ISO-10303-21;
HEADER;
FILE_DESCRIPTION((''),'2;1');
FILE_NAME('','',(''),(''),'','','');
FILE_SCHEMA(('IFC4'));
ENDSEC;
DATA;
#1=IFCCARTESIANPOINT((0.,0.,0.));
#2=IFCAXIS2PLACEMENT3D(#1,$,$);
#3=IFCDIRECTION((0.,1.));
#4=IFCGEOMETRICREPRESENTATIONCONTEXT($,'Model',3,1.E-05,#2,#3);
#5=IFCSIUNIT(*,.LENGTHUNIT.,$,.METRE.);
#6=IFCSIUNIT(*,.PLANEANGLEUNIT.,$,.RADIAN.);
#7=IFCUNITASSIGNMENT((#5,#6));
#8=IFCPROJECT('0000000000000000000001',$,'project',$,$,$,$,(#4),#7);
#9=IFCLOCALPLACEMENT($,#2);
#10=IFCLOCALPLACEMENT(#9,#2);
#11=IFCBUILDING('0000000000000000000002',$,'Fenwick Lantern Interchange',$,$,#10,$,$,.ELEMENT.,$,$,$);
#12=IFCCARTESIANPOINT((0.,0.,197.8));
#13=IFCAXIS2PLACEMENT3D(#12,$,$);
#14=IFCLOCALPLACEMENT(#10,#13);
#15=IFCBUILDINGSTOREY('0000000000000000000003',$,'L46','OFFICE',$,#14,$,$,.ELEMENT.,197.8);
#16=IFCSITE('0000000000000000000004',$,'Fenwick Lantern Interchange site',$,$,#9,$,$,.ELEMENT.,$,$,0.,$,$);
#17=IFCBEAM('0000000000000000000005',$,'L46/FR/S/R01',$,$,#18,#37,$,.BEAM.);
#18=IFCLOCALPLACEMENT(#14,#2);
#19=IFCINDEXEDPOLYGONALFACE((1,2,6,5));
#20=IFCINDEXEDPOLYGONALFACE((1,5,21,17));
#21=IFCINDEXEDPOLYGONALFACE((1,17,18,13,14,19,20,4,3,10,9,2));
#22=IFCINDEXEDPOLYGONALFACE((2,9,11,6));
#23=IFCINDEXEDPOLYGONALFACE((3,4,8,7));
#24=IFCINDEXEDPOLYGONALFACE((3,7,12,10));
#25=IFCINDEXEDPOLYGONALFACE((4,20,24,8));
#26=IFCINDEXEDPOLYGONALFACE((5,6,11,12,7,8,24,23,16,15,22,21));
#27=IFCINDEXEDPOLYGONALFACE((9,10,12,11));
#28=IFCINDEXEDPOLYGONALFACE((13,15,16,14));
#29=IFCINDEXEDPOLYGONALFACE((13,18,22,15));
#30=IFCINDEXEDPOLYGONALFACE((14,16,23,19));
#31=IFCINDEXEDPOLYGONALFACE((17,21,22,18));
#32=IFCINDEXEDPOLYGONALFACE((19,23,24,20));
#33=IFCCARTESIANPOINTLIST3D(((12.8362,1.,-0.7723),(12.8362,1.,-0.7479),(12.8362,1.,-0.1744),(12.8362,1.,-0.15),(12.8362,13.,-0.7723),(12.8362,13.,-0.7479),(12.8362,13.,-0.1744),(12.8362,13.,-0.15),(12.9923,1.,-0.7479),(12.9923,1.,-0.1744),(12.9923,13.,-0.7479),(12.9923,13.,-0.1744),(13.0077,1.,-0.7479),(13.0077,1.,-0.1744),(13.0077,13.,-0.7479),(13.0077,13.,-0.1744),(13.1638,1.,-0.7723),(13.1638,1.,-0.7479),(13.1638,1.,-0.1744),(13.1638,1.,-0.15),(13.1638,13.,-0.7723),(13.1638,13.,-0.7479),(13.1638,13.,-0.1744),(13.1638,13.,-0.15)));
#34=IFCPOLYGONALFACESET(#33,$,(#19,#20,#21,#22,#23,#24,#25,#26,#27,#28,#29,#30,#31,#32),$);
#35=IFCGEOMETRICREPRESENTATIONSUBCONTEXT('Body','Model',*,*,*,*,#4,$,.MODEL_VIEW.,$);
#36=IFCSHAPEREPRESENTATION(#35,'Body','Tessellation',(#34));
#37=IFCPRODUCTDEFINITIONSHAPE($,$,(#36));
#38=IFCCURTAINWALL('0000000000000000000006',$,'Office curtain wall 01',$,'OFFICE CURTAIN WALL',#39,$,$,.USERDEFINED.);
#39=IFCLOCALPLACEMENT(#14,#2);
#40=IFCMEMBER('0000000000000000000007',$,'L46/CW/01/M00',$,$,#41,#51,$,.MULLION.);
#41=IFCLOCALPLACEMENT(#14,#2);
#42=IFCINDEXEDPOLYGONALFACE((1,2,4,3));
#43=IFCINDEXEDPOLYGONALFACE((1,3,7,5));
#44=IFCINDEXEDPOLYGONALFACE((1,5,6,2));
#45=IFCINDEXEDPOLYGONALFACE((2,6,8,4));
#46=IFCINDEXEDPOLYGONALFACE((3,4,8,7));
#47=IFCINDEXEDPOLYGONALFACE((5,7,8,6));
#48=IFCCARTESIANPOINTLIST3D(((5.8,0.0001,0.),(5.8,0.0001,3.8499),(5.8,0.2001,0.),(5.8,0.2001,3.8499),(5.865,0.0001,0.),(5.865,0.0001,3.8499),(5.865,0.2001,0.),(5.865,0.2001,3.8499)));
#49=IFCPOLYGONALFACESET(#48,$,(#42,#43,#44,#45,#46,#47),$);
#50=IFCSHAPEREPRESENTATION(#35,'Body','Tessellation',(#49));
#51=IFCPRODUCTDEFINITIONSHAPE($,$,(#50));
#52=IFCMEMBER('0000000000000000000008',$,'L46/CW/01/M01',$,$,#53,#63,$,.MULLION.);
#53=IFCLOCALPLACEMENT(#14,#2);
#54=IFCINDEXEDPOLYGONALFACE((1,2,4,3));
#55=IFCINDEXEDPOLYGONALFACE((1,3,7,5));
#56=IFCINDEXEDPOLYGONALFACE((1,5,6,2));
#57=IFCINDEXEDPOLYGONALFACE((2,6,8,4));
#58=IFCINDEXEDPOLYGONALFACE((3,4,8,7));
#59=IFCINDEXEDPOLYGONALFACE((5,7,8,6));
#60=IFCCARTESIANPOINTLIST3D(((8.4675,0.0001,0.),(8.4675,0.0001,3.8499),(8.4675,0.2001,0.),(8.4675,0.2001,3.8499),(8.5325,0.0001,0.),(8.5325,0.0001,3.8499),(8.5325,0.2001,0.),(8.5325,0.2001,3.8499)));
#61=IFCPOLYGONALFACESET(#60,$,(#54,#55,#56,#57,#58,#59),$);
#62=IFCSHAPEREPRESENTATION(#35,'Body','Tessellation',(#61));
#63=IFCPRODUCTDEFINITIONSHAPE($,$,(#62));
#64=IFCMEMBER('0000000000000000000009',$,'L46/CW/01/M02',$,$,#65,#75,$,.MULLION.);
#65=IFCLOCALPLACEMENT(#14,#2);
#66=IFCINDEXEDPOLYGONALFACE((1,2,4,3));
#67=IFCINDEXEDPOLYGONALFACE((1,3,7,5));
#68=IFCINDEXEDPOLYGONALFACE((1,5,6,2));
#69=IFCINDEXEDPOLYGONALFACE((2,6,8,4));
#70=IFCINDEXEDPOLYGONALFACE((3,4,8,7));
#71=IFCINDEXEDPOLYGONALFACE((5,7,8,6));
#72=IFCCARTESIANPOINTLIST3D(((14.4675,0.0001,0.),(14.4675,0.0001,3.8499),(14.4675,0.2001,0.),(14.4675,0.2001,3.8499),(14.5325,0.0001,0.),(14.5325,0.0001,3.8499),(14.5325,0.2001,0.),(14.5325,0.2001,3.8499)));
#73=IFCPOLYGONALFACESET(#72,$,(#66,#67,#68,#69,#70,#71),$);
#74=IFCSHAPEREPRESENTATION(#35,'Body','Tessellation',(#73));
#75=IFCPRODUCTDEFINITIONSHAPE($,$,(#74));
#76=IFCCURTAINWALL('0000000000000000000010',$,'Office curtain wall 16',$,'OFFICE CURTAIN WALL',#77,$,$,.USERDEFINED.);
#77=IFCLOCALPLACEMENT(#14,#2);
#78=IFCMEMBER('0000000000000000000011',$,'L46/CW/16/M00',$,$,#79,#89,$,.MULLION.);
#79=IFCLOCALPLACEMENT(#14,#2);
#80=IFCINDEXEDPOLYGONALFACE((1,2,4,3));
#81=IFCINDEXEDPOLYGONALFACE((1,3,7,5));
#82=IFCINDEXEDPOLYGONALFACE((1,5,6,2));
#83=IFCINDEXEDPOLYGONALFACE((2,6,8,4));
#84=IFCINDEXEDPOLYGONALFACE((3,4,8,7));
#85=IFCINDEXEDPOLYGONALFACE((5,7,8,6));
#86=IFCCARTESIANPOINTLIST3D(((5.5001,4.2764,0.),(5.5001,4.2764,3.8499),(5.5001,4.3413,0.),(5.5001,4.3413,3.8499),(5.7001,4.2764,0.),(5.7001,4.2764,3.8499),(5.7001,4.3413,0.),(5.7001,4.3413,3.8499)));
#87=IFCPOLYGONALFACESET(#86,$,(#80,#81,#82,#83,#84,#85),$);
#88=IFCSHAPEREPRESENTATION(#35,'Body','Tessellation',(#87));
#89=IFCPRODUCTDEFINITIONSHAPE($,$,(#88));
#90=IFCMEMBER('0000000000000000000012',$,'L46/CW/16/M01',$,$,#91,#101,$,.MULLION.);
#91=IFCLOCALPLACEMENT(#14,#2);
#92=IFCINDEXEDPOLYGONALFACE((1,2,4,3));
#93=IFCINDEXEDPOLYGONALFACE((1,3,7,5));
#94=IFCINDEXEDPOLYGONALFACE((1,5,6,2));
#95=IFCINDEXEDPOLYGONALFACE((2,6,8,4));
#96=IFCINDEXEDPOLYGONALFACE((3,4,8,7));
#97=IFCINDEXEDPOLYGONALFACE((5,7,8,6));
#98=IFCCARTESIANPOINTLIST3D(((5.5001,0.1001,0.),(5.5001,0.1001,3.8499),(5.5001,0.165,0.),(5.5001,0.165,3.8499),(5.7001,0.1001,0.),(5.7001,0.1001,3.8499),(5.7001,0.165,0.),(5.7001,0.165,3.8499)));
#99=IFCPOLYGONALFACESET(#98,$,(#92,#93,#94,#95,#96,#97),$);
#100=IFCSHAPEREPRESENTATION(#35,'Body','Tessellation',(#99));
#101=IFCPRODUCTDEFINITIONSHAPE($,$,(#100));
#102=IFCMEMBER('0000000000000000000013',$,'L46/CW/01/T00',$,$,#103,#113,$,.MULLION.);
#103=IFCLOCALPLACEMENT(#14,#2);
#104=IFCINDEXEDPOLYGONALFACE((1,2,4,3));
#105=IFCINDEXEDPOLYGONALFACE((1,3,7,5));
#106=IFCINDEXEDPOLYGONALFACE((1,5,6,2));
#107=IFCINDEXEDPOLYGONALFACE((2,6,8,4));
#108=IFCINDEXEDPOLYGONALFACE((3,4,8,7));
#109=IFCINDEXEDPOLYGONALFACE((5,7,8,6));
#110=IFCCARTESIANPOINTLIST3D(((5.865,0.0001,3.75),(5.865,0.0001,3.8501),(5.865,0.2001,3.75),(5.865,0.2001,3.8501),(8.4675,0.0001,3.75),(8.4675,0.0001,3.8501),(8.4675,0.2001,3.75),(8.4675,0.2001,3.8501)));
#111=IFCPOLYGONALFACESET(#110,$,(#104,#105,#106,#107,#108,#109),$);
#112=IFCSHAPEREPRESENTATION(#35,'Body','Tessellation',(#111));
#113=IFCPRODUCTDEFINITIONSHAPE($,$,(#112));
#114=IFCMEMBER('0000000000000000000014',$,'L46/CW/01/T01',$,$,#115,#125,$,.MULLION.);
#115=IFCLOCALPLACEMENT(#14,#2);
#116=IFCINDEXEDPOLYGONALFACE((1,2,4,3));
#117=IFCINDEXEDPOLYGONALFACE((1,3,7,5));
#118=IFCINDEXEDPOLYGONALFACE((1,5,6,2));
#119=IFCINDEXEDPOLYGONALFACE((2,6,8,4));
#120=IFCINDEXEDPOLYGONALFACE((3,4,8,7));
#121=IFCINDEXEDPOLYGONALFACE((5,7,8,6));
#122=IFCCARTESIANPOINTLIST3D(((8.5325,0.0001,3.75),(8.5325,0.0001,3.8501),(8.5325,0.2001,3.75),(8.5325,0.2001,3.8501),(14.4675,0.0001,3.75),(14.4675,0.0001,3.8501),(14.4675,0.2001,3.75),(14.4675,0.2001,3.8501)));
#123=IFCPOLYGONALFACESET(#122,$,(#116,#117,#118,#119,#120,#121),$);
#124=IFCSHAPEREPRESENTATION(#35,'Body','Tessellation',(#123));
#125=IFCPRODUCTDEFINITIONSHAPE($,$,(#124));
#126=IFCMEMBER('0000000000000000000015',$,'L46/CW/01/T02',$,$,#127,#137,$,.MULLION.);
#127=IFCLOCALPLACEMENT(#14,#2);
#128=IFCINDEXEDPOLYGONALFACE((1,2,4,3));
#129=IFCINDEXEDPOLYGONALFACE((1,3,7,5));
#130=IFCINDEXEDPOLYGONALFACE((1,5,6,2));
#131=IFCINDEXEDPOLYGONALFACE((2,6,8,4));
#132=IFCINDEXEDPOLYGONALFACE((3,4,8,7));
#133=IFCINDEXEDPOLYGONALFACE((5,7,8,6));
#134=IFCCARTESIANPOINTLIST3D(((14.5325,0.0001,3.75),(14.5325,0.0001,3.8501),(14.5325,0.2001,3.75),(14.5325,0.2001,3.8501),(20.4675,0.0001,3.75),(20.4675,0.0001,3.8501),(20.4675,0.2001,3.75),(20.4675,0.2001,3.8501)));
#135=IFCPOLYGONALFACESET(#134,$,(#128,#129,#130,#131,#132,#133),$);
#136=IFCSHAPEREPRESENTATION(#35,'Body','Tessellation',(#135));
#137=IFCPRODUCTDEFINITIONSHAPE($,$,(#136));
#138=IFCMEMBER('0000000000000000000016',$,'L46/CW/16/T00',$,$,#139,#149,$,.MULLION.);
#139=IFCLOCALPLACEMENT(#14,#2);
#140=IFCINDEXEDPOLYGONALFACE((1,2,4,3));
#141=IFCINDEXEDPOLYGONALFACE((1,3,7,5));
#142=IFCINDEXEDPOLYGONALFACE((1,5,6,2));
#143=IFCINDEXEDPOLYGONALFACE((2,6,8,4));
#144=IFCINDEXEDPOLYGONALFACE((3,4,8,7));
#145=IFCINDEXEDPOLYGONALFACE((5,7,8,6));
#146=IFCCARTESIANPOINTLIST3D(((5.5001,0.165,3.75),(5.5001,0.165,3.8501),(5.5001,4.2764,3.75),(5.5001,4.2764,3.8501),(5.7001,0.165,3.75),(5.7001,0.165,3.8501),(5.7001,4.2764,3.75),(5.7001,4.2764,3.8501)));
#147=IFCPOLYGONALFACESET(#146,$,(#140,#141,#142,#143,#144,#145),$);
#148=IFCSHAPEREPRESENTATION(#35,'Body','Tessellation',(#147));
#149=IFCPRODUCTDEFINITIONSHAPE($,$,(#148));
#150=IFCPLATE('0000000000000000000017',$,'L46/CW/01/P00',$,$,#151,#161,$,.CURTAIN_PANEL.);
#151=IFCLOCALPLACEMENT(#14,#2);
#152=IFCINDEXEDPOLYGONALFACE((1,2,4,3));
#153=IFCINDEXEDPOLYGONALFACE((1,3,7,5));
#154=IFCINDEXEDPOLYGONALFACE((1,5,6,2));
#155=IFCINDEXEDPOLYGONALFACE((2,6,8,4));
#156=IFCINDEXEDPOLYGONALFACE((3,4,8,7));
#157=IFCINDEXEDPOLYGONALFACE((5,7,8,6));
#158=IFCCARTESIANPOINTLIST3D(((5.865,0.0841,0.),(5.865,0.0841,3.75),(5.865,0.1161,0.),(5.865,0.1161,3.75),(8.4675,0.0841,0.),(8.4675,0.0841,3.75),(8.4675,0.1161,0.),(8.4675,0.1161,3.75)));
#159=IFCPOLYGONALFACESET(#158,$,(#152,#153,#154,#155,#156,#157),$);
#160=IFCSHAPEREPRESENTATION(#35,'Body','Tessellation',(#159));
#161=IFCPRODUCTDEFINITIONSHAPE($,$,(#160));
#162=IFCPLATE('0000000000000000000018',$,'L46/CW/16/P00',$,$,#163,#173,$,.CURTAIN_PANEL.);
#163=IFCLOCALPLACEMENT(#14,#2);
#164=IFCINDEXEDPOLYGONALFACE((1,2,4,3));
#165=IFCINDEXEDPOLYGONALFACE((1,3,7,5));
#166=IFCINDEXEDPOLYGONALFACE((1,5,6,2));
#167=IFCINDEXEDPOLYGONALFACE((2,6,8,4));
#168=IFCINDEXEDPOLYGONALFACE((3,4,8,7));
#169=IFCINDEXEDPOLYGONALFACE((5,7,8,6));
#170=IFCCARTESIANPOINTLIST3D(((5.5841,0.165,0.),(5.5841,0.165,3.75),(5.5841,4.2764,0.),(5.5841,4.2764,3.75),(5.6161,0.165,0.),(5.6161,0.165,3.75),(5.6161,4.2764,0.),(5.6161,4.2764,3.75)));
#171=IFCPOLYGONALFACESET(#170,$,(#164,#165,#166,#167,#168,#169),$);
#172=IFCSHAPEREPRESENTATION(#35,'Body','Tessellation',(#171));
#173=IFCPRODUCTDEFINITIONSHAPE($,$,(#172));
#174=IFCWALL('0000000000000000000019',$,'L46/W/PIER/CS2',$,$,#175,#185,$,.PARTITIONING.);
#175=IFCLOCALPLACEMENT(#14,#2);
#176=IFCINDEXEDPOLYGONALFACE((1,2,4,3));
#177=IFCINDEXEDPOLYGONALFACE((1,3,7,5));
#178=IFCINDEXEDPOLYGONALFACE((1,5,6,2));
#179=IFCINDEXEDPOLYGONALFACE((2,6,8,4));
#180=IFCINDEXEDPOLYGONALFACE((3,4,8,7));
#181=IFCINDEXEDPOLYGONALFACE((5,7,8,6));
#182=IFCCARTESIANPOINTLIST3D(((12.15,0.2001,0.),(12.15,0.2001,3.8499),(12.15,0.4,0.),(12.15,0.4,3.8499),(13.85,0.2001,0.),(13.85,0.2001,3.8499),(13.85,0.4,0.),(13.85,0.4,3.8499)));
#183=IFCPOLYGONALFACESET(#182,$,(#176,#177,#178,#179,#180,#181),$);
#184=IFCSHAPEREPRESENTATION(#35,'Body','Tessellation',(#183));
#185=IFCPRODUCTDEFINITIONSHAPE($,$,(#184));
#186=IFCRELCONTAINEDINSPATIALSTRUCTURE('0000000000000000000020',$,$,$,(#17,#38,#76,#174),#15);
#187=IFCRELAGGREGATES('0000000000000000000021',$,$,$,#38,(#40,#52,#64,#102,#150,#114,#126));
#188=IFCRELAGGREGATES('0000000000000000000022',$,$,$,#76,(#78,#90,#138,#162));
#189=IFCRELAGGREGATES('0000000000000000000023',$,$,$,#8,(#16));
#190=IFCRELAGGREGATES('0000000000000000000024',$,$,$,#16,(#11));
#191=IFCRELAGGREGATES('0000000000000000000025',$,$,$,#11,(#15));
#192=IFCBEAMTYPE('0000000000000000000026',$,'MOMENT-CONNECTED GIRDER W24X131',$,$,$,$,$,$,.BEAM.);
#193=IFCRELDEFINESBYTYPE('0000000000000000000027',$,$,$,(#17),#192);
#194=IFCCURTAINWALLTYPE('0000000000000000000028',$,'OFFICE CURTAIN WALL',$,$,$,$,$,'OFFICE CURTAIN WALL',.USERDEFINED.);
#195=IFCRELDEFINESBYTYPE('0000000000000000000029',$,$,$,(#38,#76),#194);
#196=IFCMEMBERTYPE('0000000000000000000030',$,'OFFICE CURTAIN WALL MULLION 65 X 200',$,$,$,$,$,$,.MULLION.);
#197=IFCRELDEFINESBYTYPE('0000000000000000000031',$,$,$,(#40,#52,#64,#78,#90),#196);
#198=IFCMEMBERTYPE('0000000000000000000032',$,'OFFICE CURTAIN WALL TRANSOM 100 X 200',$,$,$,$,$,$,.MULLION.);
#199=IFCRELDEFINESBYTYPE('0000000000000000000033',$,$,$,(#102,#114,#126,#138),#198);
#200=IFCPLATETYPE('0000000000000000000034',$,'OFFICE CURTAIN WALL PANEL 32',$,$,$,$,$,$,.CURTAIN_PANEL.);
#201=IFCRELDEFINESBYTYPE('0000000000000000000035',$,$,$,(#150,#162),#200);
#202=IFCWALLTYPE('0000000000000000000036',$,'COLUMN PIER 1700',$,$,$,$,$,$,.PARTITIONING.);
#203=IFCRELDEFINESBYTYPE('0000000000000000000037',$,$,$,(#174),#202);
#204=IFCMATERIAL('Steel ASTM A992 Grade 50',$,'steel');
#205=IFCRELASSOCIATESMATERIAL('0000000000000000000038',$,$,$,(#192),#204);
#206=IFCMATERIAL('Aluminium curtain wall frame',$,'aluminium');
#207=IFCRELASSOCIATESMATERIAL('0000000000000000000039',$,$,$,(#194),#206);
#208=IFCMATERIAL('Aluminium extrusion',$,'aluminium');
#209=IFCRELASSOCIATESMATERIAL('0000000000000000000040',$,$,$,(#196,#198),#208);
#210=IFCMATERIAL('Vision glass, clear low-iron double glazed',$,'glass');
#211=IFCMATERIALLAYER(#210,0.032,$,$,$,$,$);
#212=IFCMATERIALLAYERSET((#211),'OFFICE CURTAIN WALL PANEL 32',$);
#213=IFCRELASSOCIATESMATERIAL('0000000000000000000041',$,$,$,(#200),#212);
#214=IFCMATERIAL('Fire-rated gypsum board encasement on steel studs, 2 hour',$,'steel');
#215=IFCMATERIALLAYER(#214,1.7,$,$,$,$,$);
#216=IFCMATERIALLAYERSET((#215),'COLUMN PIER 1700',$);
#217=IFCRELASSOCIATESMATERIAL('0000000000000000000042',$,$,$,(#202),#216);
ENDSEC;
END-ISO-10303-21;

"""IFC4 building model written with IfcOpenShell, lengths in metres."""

from ifc_helpers import new_model, si_unit, direction, frame, frame_2d, origin, origin_2d, place, context, subcontext, project, spatial, rectangle, i_section, extrude, material, layer, layer_set, material_profile, profile_set, type_object, element, aggregate, save


model = new_model("IFC4")

# Units and contexts
model_context = context("Model", 3, precision=1e-05, world=origin(), true_north=direction((0.0, 1.0)))
body_context = subcontext(model_context, "Body", "Model", "MODEL_VIEW")
ifc_project = project(units=[si_unit("LENGTHUNIT", "METRE"), si_unit("PLANEANGLEUNIT", "RADIAN")], contexts=[model_context])

# Site, building, storey
site_placement = place(None, origin())
site = spatial("IfcSite", under=ifc_project, at=site_placement, Name="Fenwick Lantern Interchange site", CompositionType="ELEMENT", RefElevation=0.0)
building_placement = place(site_placement, origin())
building = spatial("IfcBuilding", under=site, at=building_placement, Name="Fenwick Lantern Interchange", CompositionType="ELEMENT")
storey_placement = place(building_placement, frame((0.0, 0.0, 197.8)))
storey = spatial("IfcBuildingStorey", under=building, at=storey_placement, Name="L46", Description="OFFICE", CompositionType="ELEMENT", Elevation=197.8)

# Shared definitions
ifc_material_1 = material(Name="Steel ASTM A992 Grade 50", Category="steel")

# Beam
ifc_material_profile_1 = material_profile(ifc_material_1, i_section(OverallWidth=0.3276, OverallDepth=0.6223, WebThickness=0.0154, FlangeThickness=0.0244, at=origin_2d()), Name="W24X131")
ifc_profile_set_1 = profile_set([ifc_material_profile_1], Name="Steel ASTM A992 Grade 50")
beam_type_1 = type_object("IfcBeamType", Name="MOMENT-CONNECTED GIRDER W24X131", PredefinedType="BEAM", material=ifc_profile_set_1)
beam_1_placement = place(storey_placement, frame((13.0, 1.0, -0.4612), z_axis=(0.0, 1.0, 0.0), x_axis=(-1.0, 0.0, 0.0)))
element("IfcBeam", 1, at=beam_1_placement, inside=storey, type_object=beam_type_1, Name="L46/FR/S/R01", PredefinedType="BEAM", context=body_context, shape_type="SweptSolid", body=[
    extrude(i_section(OverallWidth=0.3276, OverallDepth=0.6223, WebThickness=0.0154, FlangeThickness=0.0244, at=origin_2d()), origin(), (0.0, 0.0, 1.0), 12.0),
])

# Curtain walls, members
ifc_material_2 = material(Name="Aluminium curtain wall frame", Category="aluminium")
curtain_wall_type = type_object("IfcCurtainWallType", Name="OFFICE CURTAIN WALL", ElementType="OFFICE CURTAIN WALL", PredefinedType="USERDEFINED", material=ifc_material_2)
curtain_wall_1_placement = place(storey_placement, origin())
curtain_wall_1 = element("IfcCurtainWall", 2, at=curtain_wall_1_placement, inside=storey, type_object=curtain_wall_type, Name="Office curtain wall 01", ObjectType="OFFICE CURTAIN WALL", PredefinedType="USERDEFINED")
ifc_material_3 = material(Name="Aluminium extrusion", Category="aluminium")
ifc_material_profile_2 = material_profile(ifc_material_3, rectangle(XDim=0.2, YDim=0.0649, at=origin_2d()), Name="OFFICE CURTAIN WALL MULLION 65 X 200")
ifc_profile_set_2 = profile_set([ifc_material_profile_2], Name="Aluminium extrusion")
member_type_1 = type_object("IfcMemberType", Name="OFFICE CURTAIN WALL MULLION 65 X 200", PredefinedType="MULLION", material=ifc_profile_set_2)
member_1_placement = place(storey_placement, frame((5.8325, 0.1001, 0.0), z_axis=(0.0, 0.0, 1.0), x_axis=(0.0, 1.0, 0.0)))
member_1 = element("IfcMember", 3, at=member_1_placement, type_object=member_type_1, Name="L46/CW/01/M00", PredefinedType="MULLION", context=body_context, shape_type="SweptSolid", body=[
    extrude(rectangle(XDim=0.2, YDim=0.0649, at=origin_2d()), origin(), (0.0, 0.0, 1.0), 3.8499),
])
member_2_placement = place(storey_placement, frame((8.5, 0.1001, 0.0), z_axis=(0.0, 0.0, 1.0), x_axis=(0.0, 1.0, 0.0)))
member_2 = element("IfcMember", 4, at=member_2_placement, type_object=member_type_1, Name="L46/CW/01/M01", PredefinedType="MULLION", context=body_context, shape_type="SweptSolid", body=[
    extrude(rectangle(XDim=0.2, YDim=0.0649, at=origin_2d()), origin(), (0.0, 0.0, 1.0), 3.8499),
])
member_3_placement = place(storey_placement, frame((14.5, 0.1001, 0.0), z_axis=(0.0, 0.0, 1.0), x_axis=(0.0, 1.0, 0.0)))
member_3 = element("IfcMember", 5, at=member_3_placement, type_object=member_type_1, Name="L46/CW/01/M02", PredefinedType="MULLION", context=body_context, shape_type="SweptSolid", body=[
    extrude(rectangle(XDim=0.2, YDim=0.0649, at=origin_2d()), origin(), (0.0, 0.0, 1.0), 3.8499),
])
curtain_wall_2_placement = place(storey_placement, origin())
curtain_wall_2 = element("IfcCurtainWall", 6, at=curtain_wall_2_placement, inside=storey, type_object=curtain_wall_type, Name="Office curtain wall 16", ObjectType="OFFICE CURTAIN WALL", PredefinedType="USERDEFINED")
member_4_placement = place(storey_placement, frame((5.6001, 4.3088, 0.0), z_axis=(0.0, 0.0, 1.0), x_axis=(1.0, 0.0, 0.0)))
member_4 = element("IfcMember", 7, at=member_4_placement, type_object=member_type_1, Name="L46/CW/16/M00", PredefinedType="MULLION", context=body_context, shape_type="SweptSolid", body=[
    extrude(rectangle(XDim=0.2, YDim=0.0649, at=origin_2d()), origin(), (0.0, 0.0, 1.0), 3.8499),
])
member_5_placement = place(storey_placement, frame((5.6001, 0.1326, 0.0), z_axis=(0.0, 0.0, 1.0), x_axis=(1.0, 0.0, 0.0)))
member_5 = element("IfcMember", 8, at=member_5_placement, type_object=member_type_1, Name="L46/CW/16/M01", PredefinedType="MULLION", context=body_context, shape_type="SweptSolid", body=[
    extrude(rectangle(XDim=0.2, YDim=0.0649, at=origin_2d()), origin(), (0.0, 0.0, 1.0), 3.8499),
])

# Members
ifc_material_profile_3 = material_profile(ifc_material_3, rectangle(XDim=0.2, YDim=0.1001, at=origin_2d()), Name="OFFICE CURTAIN WALL TRANSOM 100 X 200")
ifc_profile_set_3 = profile_set([ifc_material_profile_3], Name="Aluminium extrusion")
member_type_2 = type_object("IfcMemberType", Name="OFFICE CURTAIN WALL TRANSOM 100 X 200", PredefinedType="MULLION", material=ifc_profile_set_3)
member_6_placement = place(storey_placement, frame((5.865, 0.1001, 3.8), z_axis=(1.0, 0.0, 0.0), x_axis=(0.0, 1.0, 0.0)))
member_6 = element("IfcMember", 9, at=member_6_placement, type_object=member_type_2, Name="L46/CW/01/T00", PredefinedType="MULLION", context=body_context, shape_type="SweptSolid", body=[
    extrude(rectangle(XDim=0.2, YDim=0.1001, at=origin_2d()), origin(), (0.0, 0.0, 1.0), 2.6025),
])
member_7_placement = place(storey_placement, frame((8.5325, 0.1001, 3.8), z_axis=(1.0, 0.0, 0.0), x_axis=(0.0, 1.0, 0.0)))
member_7 = element("IfcMember", 10, at=member_7_placement, type_object=member_type_2, Name="L46/CW/01/T01", PredefinedType="MULLION", context=body_context, shape_type="SweptSolid", body=[
    extrude(rectangle(XDim=0.2, YDim=0.1001, at=origin_2d()), origin(), (0.0, 0.0, 1.0), 5.9351),
])
member_8_placement = place(storey_placement, frame((14.5325, 0.1001, 3.8), z_axis=(1.0, 0.0, 0.0), x_axis=(0.0, 1.0, 0.0)))
member_8 = element("IfcMember", 11, at=member_8_placement, type_object=member_type_2, Name="L46/CW/01/T02", PredefinedType="MULLION", context=body_context, shape_type="SweptSolid", body=[
    extrude(rectangle(XDim=0.2, YDim=0.1001, at=origin_2d()), origin(), (0.0, 0.0, 1.0), 5.9351),
])
member_9_placement = place(storey_placement, frame((5.6001, 4.2764, 3.8), z_axis=(0.0, -1.0, 0.0), x_axis=(1.0, 0.0, 0.0)))
member_9 = element("IfcMember", 12, at=member_9_placement, type_object=member_type_2, Name="L46/CW/16/T00", PredefinedType="MULLION", context=body_context, shape_type="SweptSolid", body=[
    extrude(rectangle(XDim=0.2, YDim=0.1001, at=origin_2d()), origin(), (0.0, 0.0, 1.0), 4.1113),
])

# Plates
ifc_material_4 = material(Name="Vision glass, clear low-iron double glazed", Category="glass")
ifc_layer_1 = layer(ifc_material_4, 0.032)
ifc_layer_set_1 = layer_set([ifc_layer_1], Name="OFFICE CURTAIN WALL PANEL 32")
plate_type = type_object("IfcPlateType", Name="OFFICE CURTAIN WALL PANEL 32", PredefinedType="CURTAIN_PANEL", material=ifc_layer_set_1)
plate_1_placement = place(storey_placement, frame((7.1663, 0.1001, 0.0), z_axis=(0.0, 0.0, 1.0), x_axis=(1.0, 0.0, 0.0)))
plate_1 = element("IfcPlate", 13, at=plate_1_placement, type_object=plate_type, Name="L46/CW/01/P00", PredefinedType="CURTAIN_PANEL", context=body_context, shape_type="SweptSolid", body=[
    extrude(rectangle(XDim=2.6025, YDim=0.032, at=origin_2d()), origin(), (0.0, 0.0, 1.0), 3.75),
])
aggregate(curtain_wall_1, [member_1, member_2, member_3, member_6, plate_1, member_7, member_8])
plate_2_placement = place(storey_placement, frame((5.6001, 2.2207, 0.0), z_axis=(0.0, 0.0, 1.0), x_axis=(0.0, -1.0, 0.0)))
plate_2 = element("IfcPlate", 14, at=plate_2_placement, type_object=plate_type, Name="L46/CW/16/P00", PredefinedType="CURTAIN_PANEL", context=body_context, shape_type="SweptSolid", body=[
    extrude(rectangle(XDim=4.1113, YDim=0.032, at=origin_2d()), origin(), (0.0, 0.0, 1.0), 3.75),
])
aggregate(curtain_wall_2, [member_4, member_5, member_9, plate_2])

# Wall
ifc_material_5 = material(Name="Fire-rated gypsum board encasement on steel studs, 2 hour", Category="steel")
ifc_layer_2 = layer(ifc_material_5, 1.7)
ifc_layer_set_2 = layer_set([ifc_layer_2], Name="COLUMN PIER 1700")
wall_type_1 = type_object("IfcWallType", Name="COLUMN PIER 1700", PredefinedType="PARTITIONING", material=ifc_layer_set_2)
wall_1_placement = place(storey_placement, frame((13.0, 0.2, 0.0), z_axis=(0.0, 0.0, 1.0), x_axis=(0.0, 1.0, 0.0)))
element("IfcWall", 15, at=wall_1_placement, inside=storey, type_object=wall_type_1, Name="L46/W/PIER/CS2", PredefinedType="PARTITIONING", context=body_context, shape_type="SweptSolid", body=[
    extrude(rectangle(XDim=0.2, YDim=1.7, at=frame_2d((0.1001, 0.0))), origin(), (0.0, 0.0, 1.0), 3.8499),
])

save(model, "model.ifc")
